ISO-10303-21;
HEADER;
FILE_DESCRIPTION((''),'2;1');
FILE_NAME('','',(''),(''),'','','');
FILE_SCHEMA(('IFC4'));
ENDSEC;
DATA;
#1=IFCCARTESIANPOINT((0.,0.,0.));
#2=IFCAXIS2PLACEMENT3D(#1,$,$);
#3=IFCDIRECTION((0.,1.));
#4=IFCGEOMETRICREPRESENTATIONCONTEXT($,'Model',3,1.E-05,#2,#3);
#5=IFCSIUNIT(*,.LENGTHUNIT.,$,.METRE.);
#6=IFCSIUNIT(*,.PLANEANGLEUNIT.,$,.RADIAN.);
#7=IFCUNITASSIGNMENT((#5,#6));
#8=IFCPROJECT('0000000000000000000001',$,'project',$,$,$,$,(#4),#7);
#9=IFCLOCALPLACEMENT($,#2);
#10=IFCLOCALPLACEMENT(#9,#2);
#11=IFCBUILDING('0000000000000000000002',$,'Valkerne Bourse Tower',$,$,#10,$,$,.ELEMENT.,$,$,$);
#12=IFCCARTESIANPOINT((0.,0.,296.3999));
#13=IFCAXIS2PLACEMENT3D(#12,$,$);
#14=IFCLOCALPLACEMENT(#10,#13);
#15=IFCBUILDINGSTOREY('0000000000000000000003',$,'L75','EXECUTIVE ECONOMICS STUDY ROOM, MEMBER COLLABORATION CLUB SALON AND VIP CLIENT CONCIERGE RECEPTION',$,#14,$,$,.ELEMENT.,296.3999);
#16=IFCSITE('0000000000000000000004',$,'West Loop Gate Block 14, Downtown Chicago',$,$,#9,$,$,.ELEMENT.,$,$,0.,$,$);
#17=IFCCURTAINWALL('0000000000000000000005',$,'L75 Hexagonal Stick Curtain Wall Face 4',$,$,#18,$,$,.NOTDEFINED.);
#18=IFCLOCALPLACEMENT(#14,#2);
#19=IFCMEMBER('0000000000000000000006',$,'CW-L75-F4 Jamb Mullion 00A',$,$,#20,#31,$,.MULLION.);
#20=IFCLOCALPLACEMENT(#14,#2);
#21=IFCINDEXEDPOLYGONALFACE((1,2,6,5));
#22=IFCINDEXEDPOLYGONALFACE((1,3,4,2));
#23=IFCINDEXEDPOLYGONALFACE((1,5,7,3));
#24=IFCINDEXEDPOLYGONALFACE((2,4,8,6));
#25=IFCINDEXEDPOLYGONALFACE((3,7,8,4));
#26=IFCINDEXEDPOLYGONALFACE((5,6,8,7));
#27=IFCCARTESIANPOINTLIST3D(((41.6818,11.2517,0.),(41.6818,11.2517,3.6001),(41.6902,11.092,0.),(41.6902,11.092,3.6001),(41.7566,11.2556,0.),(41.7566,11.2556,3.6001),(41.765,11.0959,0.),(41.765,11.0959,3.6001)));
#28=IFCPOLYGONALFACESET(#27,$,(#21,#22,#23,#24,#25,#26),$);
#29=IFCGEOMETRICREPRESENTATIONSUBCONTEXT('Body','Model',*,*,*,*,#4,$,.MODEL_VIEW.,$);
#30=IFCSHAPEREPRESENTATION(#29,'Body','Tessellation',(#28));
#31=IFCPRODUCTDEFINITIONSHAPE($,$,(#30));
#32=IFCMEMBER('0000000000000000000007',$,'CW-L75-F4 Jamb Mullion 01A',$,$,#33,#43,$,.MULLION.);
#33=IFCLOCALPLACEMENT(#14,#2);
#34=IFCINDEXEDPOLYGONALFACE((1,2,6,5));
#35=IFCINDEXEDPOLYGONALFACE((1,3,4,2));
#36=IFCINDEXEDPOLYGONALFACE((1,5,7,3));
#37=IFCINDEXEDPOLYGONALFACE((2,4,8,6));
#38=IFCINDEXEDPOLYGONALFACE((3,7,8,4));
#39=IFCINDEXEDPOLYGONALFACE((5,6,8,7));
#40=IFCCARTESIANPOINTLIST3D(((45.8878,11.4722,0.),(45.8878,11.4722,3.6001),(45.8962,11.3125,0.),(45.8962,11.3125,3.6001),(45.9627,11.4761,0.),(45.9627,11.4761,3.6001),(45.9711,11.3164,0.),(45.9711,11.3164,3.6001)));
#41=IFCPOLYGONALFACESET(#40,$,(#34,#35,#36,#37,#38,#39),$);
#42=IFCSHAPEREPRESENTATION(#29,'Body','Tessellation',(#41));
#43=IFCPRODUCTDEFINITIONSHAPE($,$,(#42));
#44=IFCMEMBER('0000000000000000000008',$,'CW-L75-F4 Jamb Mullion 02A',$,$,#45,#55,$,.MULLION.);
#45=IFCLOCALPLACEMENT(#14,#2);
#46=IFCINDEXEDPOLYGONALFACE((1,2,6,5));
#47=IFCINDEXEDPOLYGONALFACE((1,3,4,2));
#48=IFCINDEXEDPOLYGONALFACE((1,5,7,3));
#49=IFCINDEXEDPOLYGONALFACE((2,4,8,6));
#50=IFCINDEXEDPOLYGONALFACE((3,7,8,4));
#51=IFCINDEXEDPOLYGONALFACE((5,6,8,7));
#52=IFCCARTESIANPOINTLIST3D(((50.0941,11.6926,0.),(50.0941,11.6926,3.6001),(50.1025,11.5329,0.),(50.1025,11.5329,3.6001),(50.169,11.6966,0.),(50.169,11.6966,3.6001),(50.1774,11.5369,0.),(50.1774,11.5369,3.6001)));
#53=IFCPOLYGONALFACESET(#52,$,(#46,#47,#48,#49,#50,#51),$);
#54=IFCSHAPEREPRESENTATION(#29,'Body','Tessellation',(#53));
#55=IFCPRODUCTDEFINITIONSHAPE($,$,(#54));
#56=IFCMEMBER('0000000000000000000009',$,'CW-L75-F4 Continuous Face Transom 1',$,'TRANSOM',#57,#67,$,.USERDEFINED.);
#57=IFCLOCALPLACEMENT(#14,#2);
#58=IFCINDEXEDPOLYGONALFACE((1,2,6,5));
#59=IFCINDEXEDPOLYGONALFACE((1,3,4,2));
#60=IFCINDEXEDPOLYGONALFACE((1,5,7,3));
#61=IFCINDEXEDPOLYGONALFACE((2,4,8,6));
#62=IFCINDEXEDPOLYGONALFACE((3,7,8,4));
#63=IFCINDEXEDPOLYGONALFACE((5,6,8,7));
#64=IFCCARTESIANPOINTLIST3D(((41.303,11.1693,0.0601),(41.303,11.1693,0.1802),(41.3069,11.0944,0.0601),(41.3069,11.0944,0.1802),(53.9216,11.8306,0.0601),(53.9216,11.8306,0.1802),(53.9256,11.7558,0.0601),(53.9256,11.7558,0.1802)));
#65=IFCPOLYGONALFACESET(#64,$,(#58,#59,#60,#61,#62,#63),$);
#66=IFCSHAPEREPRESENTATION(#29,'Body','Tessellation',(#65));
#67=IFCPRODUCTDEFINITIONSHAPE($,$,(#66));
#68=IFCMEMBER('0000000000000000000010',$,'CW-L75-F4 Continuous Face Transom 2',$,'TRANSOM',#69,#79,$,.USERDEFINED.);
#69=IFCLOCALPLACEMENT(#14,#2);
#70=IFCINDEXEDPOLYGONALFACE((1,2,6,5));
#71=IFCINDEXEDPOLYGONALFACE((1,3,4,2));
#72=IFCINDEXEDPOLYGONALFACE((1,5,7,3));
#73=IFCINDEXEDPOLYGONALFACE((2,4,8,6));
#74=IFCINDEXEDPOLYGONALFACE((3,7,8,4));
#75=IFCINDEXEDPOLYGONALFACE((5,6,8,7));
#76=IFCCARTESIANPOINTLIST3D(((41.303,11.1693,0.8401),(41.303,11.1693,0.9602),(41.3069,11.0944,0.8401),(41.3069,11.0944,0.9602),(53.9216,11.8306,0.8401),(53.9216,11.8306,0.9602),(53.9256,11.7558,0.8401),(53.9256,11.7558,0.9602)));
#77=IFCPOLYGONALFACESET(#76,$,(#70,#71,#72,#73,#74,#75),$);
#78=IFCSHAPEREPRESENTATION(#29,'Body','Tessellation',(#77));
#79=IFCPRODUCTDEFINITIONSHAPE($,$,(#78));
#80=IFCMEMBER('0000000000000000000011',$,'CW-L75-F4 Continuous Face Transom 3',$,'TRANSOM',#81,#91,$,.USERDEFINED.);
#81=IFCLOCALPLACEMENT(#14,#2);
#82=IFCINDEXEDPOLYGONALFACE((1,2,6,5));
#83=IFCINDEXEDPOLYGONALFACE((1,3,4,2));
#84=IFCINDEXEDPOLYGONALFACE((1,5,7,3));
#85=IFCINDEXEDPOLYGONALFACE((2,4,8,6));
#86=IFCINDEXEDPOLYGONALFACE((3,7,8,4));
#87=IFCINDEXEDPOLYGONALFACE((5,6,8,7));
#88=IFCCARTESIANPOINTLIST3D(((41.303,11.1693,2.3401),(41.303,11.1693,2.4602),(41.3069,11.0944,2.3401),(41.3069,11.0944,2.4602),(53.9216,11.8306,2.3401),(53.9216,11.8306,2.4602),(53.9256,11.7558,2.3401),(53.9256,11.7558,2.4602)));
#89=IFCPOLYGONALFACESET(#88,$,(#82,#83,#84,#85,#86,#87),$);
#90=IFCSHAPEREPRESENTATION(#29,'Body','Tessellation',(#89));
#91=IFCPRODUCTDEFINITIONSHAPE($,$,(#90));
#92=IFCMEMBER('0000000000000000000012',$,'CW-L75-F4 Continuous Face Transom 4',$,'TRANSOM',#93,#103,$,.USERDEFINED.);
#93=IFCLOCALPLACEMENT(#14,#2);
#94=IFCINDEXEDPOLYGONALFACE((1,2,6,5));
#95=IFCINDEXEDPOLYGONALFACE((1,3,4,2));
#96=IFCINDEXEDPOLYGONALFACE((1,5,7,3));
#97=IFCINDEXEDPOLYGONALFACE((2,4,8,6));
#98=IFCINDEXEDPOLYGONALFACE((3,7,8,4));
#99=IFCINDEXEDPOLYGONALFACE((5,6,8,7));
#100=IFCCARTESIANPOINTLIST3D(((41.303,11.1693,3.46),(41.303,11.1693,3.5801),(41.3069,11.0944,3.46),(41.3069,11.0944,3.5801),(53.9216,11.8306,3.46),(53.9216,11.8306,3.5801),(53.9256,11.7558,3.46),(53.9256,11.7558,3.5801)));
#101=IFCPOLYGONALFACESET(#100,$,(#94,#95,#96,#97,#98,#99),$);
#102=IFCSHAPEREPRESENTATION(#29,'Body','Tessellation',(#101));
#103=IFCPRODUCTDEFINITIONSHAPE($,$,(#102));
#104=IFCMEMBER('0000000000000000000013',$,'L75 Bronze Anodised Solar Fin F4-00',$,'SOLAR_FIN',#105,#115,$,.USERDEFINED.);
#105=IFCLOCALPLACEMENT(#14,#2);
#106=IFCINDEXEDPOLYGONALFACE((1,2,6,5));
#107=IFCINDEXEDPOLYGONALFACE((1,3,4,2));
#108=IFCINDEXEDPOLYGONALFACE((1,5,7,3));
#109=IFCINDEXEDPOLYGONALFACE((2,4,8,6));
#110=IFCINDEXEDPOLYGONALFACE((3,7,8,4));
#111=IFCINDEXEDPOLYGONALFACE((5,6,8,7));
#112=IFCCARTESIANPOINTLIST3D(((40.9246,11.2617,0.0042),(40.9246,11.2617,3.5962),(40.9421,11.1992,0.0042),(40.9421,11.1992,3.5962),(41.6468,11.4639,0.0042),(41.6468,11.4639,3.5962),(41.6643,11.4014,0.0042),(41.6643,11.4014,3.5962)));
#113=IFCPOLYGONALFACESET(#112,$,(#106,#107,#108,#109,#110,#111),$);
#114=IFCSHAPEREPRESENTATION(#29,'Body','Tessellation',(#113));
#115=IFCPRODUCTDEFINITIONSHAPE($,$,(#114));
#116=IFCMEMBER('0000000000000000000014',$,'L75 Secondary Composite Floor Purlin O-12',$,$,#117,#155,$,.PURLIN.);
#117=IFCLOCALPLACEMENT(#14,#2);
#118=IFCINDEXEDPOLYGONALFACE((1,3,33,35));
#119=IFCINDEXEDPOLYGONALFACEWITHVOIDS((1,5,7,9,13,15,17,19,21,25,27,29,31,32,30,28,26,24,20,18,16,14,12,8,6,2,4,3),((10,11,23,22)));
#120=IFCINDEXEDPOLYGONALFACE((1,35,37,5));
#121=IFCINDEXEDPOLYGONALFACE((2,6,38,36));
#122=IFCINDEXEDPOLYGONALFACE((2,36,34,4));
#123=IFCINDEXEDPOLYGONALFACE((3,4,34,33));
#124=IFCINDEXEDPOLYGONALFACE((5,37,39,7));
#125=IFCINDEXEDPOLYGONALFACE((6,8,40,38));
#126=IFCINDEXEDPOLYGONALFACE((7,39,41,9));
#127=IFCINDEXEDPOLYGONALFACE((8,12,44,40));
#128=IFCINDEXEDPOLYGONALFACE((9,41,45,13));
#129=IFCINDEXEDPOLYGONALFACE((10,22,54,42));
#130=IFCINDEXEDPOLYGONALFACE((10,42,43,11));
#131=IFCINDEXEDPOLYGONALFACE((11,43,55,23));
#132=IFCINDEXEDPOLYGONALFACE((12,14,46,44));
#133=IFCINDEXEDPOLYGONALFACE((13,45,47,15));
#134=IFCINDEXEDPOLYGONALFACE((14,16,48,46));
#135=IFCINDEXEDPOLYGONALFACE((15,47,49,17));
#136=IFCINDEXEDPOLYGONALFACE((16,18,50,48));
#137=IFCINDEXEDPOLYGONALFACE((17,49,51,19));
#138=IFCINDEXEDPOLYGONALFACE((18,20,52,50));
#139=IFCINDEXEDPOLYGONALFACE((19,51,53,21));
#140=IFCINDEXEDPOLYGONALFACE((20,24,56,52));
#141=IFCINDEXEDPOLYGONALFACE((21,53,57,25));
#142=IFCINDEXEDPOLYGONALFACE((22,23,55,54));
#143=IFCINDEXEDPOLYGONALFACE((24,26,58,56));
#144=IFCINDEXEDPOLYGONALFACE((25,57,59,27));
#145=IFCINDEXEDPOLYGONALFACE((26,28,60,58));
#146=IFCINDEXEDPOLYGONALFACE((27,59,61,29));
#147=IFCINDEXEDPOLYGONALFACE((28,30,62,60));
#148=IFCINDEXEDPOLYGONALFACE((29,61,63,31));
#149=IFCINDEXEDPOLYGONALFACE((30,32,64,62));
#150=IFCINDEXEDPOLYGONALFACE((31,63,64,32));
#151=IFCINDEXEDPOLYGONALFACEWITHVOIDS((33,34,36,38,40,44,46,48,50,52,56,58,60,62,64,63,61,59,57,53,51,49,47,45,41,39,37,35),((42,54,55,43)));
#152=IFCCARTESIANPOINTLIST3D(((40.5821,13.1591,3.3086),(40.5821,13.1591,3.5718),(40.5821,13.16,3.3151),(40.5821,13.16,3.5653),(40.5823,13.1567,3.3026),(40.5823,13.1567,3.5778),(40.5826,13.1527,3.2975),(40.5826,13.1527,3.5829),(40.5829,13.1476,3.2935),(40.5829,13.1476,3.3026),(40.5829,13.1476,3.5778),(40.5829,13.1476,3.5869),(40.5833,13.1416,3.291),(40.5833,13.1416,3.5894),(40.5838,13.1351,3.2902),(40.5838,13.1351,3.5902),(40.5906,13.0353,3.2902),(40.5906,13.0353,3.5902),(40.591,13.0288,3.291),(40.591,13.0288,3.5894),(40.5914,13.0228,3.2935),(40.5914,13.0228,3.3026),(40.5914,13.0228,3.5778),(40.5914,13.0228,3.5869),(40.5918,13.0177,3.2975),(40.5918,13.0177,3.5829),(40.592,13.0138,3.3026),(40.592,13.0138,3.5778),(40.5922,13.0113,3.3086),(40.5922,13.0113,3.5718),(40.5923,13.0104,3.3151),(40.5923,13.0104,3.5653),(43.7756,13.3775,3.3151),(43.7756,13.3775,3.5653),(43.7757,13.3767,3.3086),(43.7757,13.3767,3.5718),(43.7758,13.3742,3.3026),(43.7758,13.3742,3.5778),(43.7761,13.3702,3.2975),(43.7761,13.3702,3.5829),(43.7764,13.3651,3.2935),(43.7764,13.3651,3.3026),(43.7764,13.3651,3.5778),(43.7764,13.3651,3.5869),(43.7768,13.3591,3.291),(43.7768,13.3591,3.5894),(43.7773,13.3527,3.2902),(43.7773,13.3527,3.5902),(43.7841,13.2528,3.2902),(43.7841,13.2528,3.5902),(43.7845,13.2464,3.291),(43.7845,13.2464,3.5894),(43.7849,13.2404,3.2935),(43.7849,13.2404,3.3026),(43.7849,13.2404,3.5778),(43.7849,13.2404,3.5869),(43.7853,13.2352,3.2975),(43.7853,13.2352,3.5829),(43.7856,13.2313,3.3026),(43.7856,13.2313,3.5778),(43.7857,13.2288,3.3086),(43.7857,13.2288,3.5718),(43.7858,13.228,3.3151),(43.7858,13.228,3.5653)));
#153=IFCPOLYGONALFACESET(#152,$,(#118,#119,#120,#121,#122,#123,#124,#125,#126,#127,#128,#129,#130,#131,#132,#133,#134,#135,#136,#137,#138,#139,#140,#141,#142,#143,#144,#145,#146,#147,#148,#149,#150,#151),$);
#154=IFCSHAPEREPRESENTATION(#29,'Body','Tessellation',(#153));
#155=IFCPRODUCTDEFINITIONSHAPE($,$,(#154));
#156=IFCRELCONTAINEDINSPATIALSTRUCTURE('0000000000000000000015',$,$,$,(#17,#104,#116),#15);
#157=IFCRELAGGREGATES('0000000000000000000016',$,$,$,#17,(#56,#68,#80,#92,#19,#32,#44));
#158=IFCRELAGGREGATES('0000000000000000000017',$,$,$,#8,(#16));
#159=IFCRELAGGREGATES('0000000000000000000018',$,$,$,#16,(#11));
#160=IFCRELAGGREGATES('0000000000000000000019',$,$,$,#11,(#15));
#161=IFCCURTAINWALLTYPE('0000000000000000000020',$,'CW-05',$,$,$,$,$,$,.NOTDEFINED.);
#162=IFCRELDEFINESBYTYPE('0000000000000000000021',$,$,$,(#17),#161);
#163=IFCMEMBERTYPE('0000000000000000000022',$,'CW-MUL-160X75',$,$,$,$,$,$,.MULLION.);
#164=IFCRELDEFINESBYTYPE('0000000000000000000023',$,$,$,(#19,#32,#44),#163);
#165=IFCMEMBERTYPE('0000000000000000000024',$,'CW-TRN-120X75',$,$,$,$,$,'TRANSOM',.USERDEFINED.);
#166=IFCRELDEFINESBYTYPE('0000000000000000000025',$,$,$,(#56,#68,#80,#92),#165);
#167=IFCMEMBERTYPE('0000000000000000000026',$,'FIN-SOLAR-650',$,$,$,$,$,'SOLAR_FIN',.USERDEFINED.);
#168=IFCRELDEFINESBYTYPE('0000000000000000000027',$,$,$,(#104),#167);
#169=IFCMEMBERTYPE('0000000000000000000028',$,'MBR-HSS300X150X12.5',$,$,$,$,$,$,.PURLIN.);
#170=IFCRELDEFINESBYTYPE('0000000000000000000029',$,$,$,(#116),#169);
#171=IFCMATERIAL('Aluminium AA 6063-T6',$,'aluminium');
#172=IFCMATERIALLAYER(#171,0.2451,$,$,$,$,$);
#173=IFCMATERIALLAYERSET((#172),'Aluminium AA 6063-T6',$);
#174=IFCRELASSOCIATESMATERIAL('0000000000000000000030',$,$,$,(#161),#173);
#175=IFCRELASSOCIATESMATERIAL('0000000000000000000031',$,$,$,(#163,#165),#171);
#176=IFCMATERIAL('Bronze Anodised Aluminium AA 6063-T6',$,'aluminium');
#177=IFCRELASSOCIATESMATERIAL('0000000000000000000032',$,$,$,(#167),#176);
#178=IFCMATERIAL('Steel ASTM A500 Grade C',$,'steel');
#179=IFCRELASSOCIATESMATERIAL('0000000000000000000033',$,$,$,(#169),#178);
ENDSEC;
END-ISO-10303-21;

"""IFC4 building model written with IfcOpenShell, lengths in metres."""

from ifc_helpers import new_model, si_unit, direction, frame, origin, origin_2d, place, context, subcontext, project, spatial, rectangle, hollow_rectangle, extrude, material, layer, layer_set, material_profile, profile_set, type_object, element, aggregate, save


model = new_model("IFC4")

# Units and contexts
model_context = context("Model", 3, precision=1e-05, world=origin(), true_north=direction((0.0, 1.0)))
body_context = subcontext(model_context, "Body", "Model", "MODEL_VIEW")
ifc_project = project(units=[si_unit("LENGTHUNIT", "METRE"), si_unit("PLANEANGLEUNIT", "RADIAN")], contexts=[model_context])

# Site, building, storey
site_placement = place(None, origin())
site = spatial("IfcSite", under=ifc_project, at=site_placement, Name="West Loop Gate Block 14, Downtown Chicago", CompositionType="ELEMENT", RefElevation=0.0)
building_placement = place(site_placement, origin())
building = spatial("IfcBuilding", under=site, at=building_placement, Name="Valkerne Bourse Tower", CompositionType="ELEMENT")
storey_placement = place(building_placement, frame((0.0, 0.0, 296.3999)))
storey = spatial("IfcBuildingStorey", under=building, at=storey_placement, Name="L75", Description="EXECUTIVE ECONOMICS STUDY ROOM, MEMBER COLLABORATION CLUB SALON AND VIP CLIENT CONCIERGE RECEPTION", CompositionType="ELEMENT", Elevation=296.3999)

# Curtain wall, members
ifc_material_1 = material(Name="Aluminium AA 6063-T6", Category="aluminium")
ifc_layer_1 = layer(ifc_material_1, 0.2451)
ifc_layer_set_1 = layer_set([ifc_layer_1], Name="Aluminium AA 6063-T6")
curtain_wall_type = type_object("IfcCurtainWallType", Name="CW-05", PredefinedType="NOTDEFINED", material=ifc_layer_set_1)
curtain_wall_placement = place(storey_placement, origin())
curtain_wall = element("IfcCurtainWall", 1, at=curtain_wall_placement, inside=storey, type_object=curtain_wall_type, Name="L75 Hexagonal Stick Curtain Wall Face 4", PredefinedType="NOTDEFINED")
ifc_material_profile_1 = material_profile(ifc_material_1, rectangle(XDim=0.075, YDim=0.1599, at=origin_2d()), Name="CWM-75X160")
ifc_profile_set_1 = profile_set([ifc_material_profile_1], Name="Aluminium AA 6063-T6")
member_type_1 = type_object("IfcMemberType", Name="CW-MUL-160X75", PredefinedType="MULLION", material=ifc_profile_set_1)
member_1_placement = place(storey_placement, frame((41.7234, 11.1738, 0.0), z_axis=(0.0, 0.0, 1.0), x_axis=(0.998629, 0.052351, 0.0)))
member_1 = element("IfcMember", 2, at=member_1_placement, type_object=member_type_1, Name="CW-L75-F4 Jamb Mullion 00A", PredefinedType="MULLION", context=body_context, shape_type="SweptSolid", body=[
    extrude(rectangle(XDim=0.075, YDim=0.1599, at=origin_2d()), origin(), (0.0, 0.0, 1.0), 3.6001),
])
member_2_placement = place(storey_placement, frame((45.9294, 11.3943, 0.0), z_axis=(0.0, 0.0, 1.0), x_axis=(0.99863, 0.052326, 0.0)))
member_2 = element("IfcMember", 3, at=member_2_placement, type_object=member_type_1, Name="CW-L75-F4 Jamb Mullion 01A", PredefinedType="MULLION", context=body_context, shape_type="SweptSolid", body=[
    extrude(rectangle(XDim=0.075, YDim=0.1599, at=origin_2d()), origin(), (0.0, 0.0, 1.0), 3.6001),
])
member_3_placement = place(storey_placement, frame((50.1357, 11.6147, 0.0), z_axis=(0.0, 0.0, 1.0), x_axis=(0.99863, 0.052327, 0.0)))
member_3 = element("IfcMember", 4, at=member_3_placement, type_object=member_type_1, Name="CW-L75-F4 Jamb Mullion 02A", PredefinedType="MULLION", context=body_context, shape_type="SweptSolid", body=[
    extrude(rectangle(XDim=0.075, YDim=0.1599, at=origin_2d()), origin(), (0.0, 0.0, 1.0), 3.6001),
])
ifc_material_profile_2 = material_profile(ifc_material_1, rectangle(XDim=0.075, YDim=0.1201, at=origin_2d()), Name="CWT-75X120")
ifc_profile_set_2 = profile_set([ifc_material_profile_2], Name="Aluminium AA 6063-T6")
member_type_2 = type_object("IfcMemberType", Name="CW-TRN-120X75", ElementType="TRANSOM", PredefinedType="USERDEFINED", material=ifc_profile_set_2)
member_4_placement = place(storey_placement, frame((41.3049, 11.1318, 0.1201), z_axis=(0.998629, 0.052341, 0.0), x_axis=(-0.052341, 0.998629, 0.0)))
member_4 = element("IfcMember", 5, at=member_4_placement, type_object=member_type_2, Name="CW-L75-F4 Continuous Face Transom 1", ObjectType="TRANSOM", PredefinedType="USERDEFINED", context=body_context, shape_type="SweptSolid", body=[
    extrude(rectangle(XDim=0.075, YDim=0.1201, at=origin_2d()), origin(), (0.0, 0.0, 1.0), 12.636),
])
member_5_placement = place(storey_placement, frame((41.3049, 11.1318, 0.9001), z_axis=(0.998629, 0.052341, 0.0), x_axis=(-0.052341, 0.998629, 0.0)))
member_5 = element("IfcMember", 6, at=member_5_placement, type_object=member_type_2, Name="CW-L75-F4 Continuous Face Transom 2", ObjectType="TRANSOM", PredefinedType="USERDEFINED", context=body_context, shape_type="SweptSolid", body=[
    extrude(rectangle(XDim=0.075, YDim=0.1201, at=origin_2d()), origin(), (0.0, 0.0, 1.0), 12.636),
])
member_6_placement = place(storey_placement, frame((41.3049, 11.1318, 2.4001), z_axis=(0.998629, 0.052341, 0.0), x_axis=(-0.052341, 0.998629, 0.0)))
member_6 = element("IfcMember", 7, at=member_6_placement, type_object=member_type_2, Name="CW-L75-F4 Continuous Face Transom 3", ObjectType="TRANSOM", PredefinedType="USERDEFINED", context=body_context, shape_type="SweptSolid", body=[
    extrude(rectangle(XDim=0.075, YDim=0.1201, at=origin_2d()), origin(), (0.0, 0.0, 1.0), 12.636),
])
member_7_placement = place(storey_placement, frame((41.3049, 11.1318, 3.52), z_axis=(0.998629, 0.052341, 0.0), x_axis=(-0.052341, 0.998629, 0.0)))
member_7 = element("IfcMember", 8, at=member_7_placement, type_object=member_type_2, Name="CW-L75-F4 Continuous Face Transom 4", ObjectType="TRANSOM", PredefinedType="USERDEFINED", context=body_context, shape_type="SweptSolid", body=[
    extrude(rectangle(XDim=0.075, YDim=0.1201, at=origin_2d()), origin(), (0.0, 0.0, 1.0), 12.636),
])

# Members
ifc_material_2 = material(Name="Bronze Anodised Aluminium AA 6063-T6", Category="aluminium")
ifc_material_profile_3 = material_profile(ifc_material_2, rectangle(XDim=0.0649, YDim=0.75, at=origin_2d()), Name="FIN-65X750")
ifc_profile_set_3 = profile_set([ifc_material_profile_3], Name="Bronze Anodised Aluminium AA 6063-T6")
member_type_3 = type_object("IfcMemberType", Name="FIN-SOLAR-650", ElementType="SOLAR_FIN", PredefinedType="USERDEFINED", material=ifc_profile_set_3)
member_8_placement = place(storey_placement, frame((41.2944, 11.3315, 0.0042), z_axis=(0.0, 0.0, 1.0), x_axis=(0.269541, -0.962989, 0.0)))
element("IfcMember", 9, at=member_8_placement, inside=storey, type_object=member_type_3, Name="L75 Bronze Anodised Solar Fin F4-00", ObjectType="SOLAR_FIN", PredefinedType="USERDEFINED", context=body_context, shape_type="SweptSolid", body=[
    extrude(rectangle(XDim=0.0649, YDim=0.75, at=origin_2d()), origin(), (0.0, 0.0, 1.0), 3.592),
])
ifc_material_3 = material(Name="Steel ASTM A500 Grade C", Category="steel")
ifc_material_profile_4 = material_profile(ifc_material_3, hollow_rectangle(XDim=0.1499, YDim=0.3, WallThickness=0.0125, OuterFilletRadius=0.0249, at=origin_2d()), Name="HSS300X150X12.5")
ifc_profile_set_4 = profile_set([ifc_material_profile_4], Name="Steel ASTM A500 Grade C")
member_type_4 = type_object("IfcMemberType", Name="MBR-HSS300X150X12.5", PredefinedType="PURLIN", material=ifc_profile_set_4)
member_9_placement = place(storey_placement, frame((40.5872, 13.0852, 3.4402), z_axis=(0.997688, 0.067957, 0.0), x_axis=(-0.067957, 0.997688, 0.0)))
element("IfcMember", 10, at=member_9_placement, inside=storey, type_object=member_type_4, Name="L75 Secondary Composite Floor Purlin O-12", PredefinedType="PURLIN", context=body_context, shape_type="SweptSolid", body=[
    extrude(hollow_rectangle(XDim=0.1499, YDim=0.3, WallThickness=0.0125, OuterFilletRadius=0.0249, at=origin_2d()), origin(), (0.0, 0.0, 1.0), 3.2009),
])

aggregate(curtain_wall, [member_4, member_5, member_6, member_7, member_1, member_2, member_3])

save(model, "model.ifc")
